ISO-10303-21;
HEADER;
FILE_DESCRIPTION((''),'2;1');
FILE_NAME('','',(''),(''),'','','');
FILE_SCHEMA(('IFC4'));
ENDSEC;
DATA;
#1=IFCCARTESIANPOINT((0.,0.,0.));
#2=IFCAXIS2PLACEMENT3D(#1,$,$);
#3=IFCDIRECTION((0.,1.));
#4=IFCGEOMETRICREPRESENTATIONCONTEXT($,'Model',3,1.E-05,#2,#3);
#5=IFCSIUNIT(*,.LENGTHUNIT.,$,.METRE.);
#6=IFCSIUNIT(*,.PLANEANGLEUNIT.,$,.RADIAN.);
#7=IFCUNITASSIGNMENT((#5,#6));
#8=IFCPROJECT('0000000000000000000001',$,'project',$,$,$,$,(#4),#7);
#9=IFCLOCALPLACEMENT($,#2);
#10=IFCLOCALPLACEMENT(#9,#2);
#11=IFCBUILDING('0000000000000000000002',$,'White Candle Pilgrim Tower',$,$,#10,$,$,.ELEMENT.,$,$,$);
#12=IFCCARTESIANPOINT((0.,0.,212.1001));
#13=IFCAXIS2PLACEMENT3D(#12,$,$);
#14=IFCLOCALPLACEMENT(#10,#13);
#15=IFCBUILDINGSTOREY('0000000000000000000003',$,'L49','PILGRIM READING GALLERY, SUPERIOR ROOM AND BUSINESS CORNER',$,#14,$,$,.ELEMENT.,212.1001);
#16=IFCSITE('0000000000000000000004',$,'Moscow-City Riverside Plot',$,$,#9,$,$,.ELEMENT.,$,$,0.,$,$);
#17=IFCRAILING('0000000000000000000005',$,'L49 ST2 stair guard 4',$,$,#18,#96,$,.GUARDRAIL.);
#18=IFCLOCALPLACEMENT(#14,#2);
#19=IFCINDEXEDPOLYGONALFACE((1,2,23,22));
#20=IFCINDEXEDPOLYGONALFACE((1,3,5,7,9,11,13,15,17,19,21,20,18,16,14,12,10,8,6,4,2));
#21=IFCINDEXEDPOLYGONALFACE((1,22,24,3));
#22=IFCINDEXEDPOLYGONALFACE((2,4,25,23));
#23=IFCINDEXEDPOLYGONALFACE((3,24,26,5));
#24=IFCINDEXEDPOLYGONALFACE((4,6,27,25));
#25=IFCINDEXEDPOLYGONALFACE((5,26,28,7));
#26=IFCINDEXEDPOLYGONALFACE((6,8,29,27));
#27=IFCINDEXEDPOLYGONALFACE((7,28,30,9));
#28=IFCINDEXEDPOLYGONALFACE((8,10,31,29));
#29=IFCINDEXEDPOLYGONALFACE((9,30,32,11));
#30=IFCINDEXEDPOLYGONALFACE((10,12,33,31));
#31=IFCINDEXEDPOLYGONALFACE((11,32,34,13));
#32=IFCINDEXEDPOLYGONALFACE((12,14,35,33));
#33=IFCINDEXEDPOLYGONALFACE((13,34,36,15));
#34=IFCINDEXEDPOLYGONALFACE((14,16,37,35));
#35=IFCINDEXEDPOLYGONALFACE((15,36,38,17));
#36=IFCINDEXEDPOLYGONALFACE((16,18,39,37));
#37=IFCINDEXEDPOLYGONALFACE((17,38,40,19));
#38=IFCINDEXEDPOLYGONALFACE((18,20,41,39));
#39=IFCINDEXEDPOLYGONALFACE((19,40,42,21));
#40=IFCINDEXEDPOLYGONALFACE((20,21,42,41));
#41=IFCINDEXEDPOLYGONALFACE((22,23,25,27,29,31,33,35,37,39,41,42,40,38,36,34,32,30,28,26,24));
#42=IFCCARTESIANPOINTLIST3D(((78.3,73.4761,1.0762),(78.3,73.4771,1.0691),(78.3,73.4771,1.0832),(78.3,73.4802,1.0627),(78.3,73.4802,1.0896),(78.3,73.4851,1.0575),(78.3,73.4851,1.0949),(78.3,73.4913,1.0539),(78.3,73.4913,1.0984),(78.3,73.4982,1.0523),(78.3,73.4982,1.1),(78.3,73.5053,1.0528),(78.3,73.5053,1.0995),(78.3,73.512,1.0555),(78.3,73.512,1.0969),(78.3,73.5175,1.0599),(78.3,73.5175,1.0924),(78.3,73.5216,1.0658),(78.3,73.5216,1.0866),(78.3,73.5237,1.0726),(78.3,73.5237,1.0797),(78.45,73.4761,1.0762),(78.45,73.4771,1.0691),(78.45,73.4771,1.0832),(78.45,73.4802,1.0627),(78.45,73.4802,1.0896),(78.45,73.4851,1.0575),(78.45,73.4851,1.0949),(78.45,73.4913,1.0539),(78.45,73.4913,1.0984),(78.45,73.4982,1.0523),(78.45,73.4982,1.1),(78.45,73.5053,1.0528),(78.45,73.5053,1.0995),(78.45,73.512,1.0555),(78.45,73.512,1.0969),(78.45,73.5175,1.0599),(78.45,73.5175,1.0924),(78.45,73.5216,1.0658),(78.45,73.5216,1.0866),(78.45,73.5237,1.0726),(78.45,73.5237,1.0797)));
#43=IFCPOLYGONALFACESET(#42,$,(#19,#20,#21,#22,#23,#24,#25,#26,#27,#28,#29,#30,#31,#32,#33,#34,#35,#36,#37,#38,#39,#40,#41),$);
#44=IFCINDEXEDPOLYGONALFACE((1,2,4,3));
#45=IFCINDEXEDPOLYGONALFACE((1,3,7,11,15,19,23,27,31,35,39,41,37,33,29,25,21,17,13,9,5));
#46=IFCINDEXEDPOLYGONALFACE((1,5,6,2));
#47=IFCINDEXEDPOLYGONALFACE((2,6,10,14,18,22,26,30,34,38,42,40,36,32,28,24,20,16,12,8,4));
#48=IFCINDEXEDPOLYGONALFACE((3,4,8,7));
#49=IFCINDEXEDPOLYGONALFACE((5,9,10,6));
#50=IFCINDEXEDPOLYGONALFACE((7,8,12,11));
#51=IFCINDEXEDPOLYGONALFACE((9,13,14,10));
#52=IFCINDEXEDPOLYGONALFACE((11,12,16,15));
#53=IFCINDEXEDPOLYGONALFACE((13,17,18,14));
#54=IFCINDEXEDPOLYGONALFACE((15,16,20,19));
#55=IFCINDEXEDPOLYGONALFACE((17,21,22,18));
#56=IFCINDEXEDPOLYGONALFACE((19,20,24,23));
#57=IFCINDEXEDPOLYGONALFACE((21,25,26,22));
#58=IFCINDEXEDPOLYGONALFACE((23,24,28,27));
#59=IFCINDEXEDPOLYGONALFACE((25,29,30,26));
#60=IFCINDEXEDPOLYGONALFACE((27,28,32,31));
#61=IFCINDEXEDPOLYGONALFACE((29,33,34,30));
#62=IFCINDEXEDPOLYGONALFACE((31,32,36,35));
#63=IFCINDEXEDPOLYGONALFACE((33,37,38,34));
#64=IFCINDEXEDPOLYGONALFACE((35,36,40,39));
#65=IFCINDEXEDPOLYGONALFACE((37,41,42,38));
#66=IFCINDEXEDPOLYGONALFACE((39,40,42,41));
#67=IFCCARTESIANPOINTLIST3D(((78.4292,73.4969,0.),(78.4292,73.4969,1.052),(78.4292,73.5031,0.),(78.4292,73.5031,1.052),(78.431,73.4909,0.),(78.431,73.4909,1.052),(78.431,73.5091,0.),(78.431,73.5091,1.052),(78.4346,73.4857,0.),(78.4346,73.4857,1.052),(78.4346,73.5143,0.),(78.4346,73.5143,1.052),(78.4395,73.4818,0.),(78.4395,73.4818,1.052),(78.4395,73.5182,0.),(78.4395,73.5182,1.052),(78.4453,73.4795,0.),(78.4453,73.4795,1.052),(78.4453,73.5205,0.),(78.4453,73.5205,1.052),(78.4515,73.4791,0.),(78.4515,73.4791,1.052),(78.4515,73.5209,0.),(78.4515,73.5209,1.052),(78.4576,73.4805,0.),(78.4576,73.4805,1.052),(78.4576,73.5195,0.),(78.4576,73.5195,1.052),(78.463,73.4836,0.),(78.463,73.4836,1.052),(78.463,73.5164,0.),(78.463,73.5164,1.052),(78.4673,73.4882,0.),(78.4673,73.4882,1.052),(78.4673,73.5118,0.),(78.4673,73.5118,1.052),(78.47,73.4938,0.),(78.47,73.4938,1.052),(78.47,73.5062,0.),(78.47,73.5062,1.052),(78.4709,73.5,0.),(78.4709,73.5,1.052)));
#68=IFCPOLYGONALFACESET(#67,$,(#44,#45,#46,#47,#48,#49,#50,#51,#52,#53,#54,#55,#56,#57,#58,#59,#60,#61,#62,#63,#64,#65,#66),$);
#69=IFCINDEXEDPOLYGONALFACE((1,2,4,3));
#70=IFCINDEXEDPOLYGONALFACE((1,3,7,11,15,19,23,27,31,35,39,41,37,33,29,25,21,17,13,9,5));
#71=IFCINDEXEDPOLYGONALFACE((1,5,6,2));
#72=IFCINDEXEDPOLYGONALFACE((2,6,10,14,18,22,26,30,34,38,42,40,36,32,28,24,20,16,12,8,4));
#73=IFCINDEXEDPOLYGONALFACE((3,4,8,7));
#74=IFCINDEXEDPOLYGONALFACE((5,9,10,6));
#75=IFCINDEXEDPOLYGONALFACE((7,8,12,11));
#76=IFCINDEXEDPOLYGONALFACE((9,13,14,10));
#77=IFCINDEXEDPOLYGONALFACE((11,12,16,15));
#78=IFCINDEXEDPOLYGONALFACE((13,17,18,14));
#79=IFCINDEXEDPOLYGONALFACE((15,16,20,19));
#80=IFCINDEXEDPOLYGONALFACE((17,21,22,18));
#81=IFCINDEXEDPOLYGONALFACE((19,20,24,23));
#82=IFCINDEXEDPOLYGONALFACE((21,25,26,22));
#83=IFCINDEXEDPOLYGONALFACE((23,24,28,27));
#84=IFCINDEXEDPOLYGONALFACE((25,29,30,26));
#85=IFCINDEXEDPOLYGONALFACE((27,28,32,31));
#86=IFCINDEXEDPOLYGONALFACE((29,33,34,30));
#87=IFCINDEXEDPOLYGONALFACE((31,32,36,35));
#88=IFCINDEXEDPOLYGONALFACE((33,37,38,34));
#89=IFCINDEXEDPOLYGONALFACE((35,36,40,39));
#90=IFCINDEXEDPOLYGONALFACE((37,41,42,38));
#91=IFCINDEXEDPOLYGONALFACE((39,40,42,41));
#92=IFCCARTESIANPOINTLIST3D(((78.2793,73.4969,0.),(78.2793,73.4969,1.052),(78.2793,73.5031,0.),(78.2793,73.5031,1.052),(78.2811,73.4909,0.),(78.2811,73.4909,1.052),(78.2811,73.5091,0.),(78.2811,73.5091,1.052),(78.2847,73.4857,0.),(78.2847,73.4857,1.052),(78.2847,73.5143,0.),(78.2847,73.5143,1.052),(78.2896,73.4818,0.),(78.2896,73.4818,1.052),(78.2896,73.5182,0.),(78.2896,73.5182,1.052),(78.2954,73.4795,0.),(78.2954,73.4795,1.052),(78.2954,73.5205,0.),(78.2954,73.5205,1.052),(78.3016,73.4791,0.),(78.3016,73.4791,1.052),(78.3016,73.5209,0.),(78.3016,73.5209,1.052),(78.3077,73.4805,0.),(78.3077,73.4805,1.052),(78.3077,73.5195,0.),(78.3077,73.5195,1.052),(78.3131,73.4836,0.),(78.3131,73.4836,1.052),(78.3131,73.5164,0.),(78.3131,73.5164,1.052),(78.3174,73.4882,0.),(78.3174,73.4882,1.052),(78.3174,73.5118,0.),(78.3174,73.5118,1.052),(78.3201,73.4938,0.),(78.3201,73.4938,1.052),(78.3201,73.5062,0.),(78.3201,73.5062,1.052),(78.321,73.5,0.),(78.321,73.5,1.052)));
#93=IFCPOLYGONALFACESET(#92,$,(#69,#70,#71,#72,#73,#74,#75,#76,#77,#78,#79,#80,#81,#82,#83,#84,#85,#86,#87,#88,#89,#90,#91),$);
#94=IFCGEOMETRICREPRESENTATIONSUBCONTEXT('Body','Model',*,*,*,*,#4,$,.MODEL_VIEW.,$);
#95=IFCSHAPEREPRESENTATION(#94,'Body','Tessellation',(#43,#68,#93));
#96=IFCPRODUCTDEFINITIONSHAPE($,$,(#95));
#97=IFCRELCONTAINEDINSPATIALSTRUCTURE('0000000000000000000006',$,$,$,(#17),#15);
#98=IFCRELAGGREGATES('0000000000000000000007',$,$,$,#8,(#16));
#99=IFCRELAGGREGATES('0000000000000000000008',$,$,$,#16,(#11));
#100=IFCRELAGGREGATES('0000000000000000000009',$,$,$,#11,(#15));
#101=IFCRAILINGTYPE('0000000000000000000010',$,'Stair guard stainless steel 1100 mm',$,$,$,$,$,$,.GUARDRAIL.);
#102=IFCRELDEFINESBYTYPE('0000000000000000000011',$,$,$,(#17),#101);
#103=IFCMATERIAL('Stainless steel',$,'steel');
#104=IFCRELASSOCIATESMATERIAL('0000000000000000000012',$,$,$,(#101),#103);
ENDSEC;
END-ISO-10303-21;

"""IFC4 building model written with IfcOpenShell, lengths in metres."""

from ifc_helpers import new_model, si_unit, direction, frame, origin, origin_2d, place, context, subcontext, project, spatial, circle, extrude, material, type_object, element, save


model = new_model("IFC4")

# Units and contexts
model_context = context("Model", 3, precision=1e-05, world=origin(), true_north=direction((0.0, 1.0)))
body_context = subcontext(model_context, "Body", "Model", "MODEL_VIEW")
ifc_project = project(units=[si_unit("LENGTHUNIT", "METRE"), si_unit("PLANEANGLEUNIT", "RADIAN")], contexts=[model_context])

# Site, building, storey
site_placement = place(None, origin())
site = spatial("IfcSite", under=ifc_project, at=site_placement, Name="Moscow-City Riverside Plot", CompositionType="ELEMENT", RefElevation=0.0)
building_placement = place(site_placement, origin())
building = spatial("IfcBuilding", under=site, at=building_placement, Name="White Candle Pilgrim Tower", CompositionType="ELEMENT")
storey_placement = place(building_placement, frame((0.0, 0.0, 212.1001)))
storey = spatial("IfcBuildingStorey", under=building, at=storey_placement, Name="L49", Description="PILGRIM READING GALLERY, SUPERIOR ROOM AND BUSINESS CORNER", CompositionType="ELEMENT", Elevation=212.1001)

# Railing
ifc_material_1 = material(Name="Stainless steel", Category="steel")
railing_type_1 = type_object("IfcRailingType", Name="Stair guard stainless steel 1100 mm", PredefinedType="GUARDRAIL", material=ifc_material_1)
railing_1_placement = place(storey_placement, frame((78.45, 73.5, 0.0)))
element("IfcRailing", 1, at=railing_1_placement, inside=storey, type_object=railing_type_1, Name="L49 ST2 stair guard 4", PredefinedType="GUARDRAIL", context=body_context, shape_type="SweptSolid", body=[
    extrude(circle(Radius=0.0239, at=origin_2d()), frame((0.0, 0.0, 1.0762), z_axis=(-1.0, 0.0, 0.0), x_axis=(0.0, -1.0, 0.0)), (0.0, 0.0, 1.0), 0.1499),
    extrude(circle(Radius=0.021, at=origin_2d()), origin(), (0.0, 0.0, 1.0), 1.052),
    extrude(circle(Radius=0.021, at=origin_2d()), frame((-0.1499, 0.0, 0.0)), (0.0, 0.0, 1.0), 1.052),
])

save(model, "model.ifc")
